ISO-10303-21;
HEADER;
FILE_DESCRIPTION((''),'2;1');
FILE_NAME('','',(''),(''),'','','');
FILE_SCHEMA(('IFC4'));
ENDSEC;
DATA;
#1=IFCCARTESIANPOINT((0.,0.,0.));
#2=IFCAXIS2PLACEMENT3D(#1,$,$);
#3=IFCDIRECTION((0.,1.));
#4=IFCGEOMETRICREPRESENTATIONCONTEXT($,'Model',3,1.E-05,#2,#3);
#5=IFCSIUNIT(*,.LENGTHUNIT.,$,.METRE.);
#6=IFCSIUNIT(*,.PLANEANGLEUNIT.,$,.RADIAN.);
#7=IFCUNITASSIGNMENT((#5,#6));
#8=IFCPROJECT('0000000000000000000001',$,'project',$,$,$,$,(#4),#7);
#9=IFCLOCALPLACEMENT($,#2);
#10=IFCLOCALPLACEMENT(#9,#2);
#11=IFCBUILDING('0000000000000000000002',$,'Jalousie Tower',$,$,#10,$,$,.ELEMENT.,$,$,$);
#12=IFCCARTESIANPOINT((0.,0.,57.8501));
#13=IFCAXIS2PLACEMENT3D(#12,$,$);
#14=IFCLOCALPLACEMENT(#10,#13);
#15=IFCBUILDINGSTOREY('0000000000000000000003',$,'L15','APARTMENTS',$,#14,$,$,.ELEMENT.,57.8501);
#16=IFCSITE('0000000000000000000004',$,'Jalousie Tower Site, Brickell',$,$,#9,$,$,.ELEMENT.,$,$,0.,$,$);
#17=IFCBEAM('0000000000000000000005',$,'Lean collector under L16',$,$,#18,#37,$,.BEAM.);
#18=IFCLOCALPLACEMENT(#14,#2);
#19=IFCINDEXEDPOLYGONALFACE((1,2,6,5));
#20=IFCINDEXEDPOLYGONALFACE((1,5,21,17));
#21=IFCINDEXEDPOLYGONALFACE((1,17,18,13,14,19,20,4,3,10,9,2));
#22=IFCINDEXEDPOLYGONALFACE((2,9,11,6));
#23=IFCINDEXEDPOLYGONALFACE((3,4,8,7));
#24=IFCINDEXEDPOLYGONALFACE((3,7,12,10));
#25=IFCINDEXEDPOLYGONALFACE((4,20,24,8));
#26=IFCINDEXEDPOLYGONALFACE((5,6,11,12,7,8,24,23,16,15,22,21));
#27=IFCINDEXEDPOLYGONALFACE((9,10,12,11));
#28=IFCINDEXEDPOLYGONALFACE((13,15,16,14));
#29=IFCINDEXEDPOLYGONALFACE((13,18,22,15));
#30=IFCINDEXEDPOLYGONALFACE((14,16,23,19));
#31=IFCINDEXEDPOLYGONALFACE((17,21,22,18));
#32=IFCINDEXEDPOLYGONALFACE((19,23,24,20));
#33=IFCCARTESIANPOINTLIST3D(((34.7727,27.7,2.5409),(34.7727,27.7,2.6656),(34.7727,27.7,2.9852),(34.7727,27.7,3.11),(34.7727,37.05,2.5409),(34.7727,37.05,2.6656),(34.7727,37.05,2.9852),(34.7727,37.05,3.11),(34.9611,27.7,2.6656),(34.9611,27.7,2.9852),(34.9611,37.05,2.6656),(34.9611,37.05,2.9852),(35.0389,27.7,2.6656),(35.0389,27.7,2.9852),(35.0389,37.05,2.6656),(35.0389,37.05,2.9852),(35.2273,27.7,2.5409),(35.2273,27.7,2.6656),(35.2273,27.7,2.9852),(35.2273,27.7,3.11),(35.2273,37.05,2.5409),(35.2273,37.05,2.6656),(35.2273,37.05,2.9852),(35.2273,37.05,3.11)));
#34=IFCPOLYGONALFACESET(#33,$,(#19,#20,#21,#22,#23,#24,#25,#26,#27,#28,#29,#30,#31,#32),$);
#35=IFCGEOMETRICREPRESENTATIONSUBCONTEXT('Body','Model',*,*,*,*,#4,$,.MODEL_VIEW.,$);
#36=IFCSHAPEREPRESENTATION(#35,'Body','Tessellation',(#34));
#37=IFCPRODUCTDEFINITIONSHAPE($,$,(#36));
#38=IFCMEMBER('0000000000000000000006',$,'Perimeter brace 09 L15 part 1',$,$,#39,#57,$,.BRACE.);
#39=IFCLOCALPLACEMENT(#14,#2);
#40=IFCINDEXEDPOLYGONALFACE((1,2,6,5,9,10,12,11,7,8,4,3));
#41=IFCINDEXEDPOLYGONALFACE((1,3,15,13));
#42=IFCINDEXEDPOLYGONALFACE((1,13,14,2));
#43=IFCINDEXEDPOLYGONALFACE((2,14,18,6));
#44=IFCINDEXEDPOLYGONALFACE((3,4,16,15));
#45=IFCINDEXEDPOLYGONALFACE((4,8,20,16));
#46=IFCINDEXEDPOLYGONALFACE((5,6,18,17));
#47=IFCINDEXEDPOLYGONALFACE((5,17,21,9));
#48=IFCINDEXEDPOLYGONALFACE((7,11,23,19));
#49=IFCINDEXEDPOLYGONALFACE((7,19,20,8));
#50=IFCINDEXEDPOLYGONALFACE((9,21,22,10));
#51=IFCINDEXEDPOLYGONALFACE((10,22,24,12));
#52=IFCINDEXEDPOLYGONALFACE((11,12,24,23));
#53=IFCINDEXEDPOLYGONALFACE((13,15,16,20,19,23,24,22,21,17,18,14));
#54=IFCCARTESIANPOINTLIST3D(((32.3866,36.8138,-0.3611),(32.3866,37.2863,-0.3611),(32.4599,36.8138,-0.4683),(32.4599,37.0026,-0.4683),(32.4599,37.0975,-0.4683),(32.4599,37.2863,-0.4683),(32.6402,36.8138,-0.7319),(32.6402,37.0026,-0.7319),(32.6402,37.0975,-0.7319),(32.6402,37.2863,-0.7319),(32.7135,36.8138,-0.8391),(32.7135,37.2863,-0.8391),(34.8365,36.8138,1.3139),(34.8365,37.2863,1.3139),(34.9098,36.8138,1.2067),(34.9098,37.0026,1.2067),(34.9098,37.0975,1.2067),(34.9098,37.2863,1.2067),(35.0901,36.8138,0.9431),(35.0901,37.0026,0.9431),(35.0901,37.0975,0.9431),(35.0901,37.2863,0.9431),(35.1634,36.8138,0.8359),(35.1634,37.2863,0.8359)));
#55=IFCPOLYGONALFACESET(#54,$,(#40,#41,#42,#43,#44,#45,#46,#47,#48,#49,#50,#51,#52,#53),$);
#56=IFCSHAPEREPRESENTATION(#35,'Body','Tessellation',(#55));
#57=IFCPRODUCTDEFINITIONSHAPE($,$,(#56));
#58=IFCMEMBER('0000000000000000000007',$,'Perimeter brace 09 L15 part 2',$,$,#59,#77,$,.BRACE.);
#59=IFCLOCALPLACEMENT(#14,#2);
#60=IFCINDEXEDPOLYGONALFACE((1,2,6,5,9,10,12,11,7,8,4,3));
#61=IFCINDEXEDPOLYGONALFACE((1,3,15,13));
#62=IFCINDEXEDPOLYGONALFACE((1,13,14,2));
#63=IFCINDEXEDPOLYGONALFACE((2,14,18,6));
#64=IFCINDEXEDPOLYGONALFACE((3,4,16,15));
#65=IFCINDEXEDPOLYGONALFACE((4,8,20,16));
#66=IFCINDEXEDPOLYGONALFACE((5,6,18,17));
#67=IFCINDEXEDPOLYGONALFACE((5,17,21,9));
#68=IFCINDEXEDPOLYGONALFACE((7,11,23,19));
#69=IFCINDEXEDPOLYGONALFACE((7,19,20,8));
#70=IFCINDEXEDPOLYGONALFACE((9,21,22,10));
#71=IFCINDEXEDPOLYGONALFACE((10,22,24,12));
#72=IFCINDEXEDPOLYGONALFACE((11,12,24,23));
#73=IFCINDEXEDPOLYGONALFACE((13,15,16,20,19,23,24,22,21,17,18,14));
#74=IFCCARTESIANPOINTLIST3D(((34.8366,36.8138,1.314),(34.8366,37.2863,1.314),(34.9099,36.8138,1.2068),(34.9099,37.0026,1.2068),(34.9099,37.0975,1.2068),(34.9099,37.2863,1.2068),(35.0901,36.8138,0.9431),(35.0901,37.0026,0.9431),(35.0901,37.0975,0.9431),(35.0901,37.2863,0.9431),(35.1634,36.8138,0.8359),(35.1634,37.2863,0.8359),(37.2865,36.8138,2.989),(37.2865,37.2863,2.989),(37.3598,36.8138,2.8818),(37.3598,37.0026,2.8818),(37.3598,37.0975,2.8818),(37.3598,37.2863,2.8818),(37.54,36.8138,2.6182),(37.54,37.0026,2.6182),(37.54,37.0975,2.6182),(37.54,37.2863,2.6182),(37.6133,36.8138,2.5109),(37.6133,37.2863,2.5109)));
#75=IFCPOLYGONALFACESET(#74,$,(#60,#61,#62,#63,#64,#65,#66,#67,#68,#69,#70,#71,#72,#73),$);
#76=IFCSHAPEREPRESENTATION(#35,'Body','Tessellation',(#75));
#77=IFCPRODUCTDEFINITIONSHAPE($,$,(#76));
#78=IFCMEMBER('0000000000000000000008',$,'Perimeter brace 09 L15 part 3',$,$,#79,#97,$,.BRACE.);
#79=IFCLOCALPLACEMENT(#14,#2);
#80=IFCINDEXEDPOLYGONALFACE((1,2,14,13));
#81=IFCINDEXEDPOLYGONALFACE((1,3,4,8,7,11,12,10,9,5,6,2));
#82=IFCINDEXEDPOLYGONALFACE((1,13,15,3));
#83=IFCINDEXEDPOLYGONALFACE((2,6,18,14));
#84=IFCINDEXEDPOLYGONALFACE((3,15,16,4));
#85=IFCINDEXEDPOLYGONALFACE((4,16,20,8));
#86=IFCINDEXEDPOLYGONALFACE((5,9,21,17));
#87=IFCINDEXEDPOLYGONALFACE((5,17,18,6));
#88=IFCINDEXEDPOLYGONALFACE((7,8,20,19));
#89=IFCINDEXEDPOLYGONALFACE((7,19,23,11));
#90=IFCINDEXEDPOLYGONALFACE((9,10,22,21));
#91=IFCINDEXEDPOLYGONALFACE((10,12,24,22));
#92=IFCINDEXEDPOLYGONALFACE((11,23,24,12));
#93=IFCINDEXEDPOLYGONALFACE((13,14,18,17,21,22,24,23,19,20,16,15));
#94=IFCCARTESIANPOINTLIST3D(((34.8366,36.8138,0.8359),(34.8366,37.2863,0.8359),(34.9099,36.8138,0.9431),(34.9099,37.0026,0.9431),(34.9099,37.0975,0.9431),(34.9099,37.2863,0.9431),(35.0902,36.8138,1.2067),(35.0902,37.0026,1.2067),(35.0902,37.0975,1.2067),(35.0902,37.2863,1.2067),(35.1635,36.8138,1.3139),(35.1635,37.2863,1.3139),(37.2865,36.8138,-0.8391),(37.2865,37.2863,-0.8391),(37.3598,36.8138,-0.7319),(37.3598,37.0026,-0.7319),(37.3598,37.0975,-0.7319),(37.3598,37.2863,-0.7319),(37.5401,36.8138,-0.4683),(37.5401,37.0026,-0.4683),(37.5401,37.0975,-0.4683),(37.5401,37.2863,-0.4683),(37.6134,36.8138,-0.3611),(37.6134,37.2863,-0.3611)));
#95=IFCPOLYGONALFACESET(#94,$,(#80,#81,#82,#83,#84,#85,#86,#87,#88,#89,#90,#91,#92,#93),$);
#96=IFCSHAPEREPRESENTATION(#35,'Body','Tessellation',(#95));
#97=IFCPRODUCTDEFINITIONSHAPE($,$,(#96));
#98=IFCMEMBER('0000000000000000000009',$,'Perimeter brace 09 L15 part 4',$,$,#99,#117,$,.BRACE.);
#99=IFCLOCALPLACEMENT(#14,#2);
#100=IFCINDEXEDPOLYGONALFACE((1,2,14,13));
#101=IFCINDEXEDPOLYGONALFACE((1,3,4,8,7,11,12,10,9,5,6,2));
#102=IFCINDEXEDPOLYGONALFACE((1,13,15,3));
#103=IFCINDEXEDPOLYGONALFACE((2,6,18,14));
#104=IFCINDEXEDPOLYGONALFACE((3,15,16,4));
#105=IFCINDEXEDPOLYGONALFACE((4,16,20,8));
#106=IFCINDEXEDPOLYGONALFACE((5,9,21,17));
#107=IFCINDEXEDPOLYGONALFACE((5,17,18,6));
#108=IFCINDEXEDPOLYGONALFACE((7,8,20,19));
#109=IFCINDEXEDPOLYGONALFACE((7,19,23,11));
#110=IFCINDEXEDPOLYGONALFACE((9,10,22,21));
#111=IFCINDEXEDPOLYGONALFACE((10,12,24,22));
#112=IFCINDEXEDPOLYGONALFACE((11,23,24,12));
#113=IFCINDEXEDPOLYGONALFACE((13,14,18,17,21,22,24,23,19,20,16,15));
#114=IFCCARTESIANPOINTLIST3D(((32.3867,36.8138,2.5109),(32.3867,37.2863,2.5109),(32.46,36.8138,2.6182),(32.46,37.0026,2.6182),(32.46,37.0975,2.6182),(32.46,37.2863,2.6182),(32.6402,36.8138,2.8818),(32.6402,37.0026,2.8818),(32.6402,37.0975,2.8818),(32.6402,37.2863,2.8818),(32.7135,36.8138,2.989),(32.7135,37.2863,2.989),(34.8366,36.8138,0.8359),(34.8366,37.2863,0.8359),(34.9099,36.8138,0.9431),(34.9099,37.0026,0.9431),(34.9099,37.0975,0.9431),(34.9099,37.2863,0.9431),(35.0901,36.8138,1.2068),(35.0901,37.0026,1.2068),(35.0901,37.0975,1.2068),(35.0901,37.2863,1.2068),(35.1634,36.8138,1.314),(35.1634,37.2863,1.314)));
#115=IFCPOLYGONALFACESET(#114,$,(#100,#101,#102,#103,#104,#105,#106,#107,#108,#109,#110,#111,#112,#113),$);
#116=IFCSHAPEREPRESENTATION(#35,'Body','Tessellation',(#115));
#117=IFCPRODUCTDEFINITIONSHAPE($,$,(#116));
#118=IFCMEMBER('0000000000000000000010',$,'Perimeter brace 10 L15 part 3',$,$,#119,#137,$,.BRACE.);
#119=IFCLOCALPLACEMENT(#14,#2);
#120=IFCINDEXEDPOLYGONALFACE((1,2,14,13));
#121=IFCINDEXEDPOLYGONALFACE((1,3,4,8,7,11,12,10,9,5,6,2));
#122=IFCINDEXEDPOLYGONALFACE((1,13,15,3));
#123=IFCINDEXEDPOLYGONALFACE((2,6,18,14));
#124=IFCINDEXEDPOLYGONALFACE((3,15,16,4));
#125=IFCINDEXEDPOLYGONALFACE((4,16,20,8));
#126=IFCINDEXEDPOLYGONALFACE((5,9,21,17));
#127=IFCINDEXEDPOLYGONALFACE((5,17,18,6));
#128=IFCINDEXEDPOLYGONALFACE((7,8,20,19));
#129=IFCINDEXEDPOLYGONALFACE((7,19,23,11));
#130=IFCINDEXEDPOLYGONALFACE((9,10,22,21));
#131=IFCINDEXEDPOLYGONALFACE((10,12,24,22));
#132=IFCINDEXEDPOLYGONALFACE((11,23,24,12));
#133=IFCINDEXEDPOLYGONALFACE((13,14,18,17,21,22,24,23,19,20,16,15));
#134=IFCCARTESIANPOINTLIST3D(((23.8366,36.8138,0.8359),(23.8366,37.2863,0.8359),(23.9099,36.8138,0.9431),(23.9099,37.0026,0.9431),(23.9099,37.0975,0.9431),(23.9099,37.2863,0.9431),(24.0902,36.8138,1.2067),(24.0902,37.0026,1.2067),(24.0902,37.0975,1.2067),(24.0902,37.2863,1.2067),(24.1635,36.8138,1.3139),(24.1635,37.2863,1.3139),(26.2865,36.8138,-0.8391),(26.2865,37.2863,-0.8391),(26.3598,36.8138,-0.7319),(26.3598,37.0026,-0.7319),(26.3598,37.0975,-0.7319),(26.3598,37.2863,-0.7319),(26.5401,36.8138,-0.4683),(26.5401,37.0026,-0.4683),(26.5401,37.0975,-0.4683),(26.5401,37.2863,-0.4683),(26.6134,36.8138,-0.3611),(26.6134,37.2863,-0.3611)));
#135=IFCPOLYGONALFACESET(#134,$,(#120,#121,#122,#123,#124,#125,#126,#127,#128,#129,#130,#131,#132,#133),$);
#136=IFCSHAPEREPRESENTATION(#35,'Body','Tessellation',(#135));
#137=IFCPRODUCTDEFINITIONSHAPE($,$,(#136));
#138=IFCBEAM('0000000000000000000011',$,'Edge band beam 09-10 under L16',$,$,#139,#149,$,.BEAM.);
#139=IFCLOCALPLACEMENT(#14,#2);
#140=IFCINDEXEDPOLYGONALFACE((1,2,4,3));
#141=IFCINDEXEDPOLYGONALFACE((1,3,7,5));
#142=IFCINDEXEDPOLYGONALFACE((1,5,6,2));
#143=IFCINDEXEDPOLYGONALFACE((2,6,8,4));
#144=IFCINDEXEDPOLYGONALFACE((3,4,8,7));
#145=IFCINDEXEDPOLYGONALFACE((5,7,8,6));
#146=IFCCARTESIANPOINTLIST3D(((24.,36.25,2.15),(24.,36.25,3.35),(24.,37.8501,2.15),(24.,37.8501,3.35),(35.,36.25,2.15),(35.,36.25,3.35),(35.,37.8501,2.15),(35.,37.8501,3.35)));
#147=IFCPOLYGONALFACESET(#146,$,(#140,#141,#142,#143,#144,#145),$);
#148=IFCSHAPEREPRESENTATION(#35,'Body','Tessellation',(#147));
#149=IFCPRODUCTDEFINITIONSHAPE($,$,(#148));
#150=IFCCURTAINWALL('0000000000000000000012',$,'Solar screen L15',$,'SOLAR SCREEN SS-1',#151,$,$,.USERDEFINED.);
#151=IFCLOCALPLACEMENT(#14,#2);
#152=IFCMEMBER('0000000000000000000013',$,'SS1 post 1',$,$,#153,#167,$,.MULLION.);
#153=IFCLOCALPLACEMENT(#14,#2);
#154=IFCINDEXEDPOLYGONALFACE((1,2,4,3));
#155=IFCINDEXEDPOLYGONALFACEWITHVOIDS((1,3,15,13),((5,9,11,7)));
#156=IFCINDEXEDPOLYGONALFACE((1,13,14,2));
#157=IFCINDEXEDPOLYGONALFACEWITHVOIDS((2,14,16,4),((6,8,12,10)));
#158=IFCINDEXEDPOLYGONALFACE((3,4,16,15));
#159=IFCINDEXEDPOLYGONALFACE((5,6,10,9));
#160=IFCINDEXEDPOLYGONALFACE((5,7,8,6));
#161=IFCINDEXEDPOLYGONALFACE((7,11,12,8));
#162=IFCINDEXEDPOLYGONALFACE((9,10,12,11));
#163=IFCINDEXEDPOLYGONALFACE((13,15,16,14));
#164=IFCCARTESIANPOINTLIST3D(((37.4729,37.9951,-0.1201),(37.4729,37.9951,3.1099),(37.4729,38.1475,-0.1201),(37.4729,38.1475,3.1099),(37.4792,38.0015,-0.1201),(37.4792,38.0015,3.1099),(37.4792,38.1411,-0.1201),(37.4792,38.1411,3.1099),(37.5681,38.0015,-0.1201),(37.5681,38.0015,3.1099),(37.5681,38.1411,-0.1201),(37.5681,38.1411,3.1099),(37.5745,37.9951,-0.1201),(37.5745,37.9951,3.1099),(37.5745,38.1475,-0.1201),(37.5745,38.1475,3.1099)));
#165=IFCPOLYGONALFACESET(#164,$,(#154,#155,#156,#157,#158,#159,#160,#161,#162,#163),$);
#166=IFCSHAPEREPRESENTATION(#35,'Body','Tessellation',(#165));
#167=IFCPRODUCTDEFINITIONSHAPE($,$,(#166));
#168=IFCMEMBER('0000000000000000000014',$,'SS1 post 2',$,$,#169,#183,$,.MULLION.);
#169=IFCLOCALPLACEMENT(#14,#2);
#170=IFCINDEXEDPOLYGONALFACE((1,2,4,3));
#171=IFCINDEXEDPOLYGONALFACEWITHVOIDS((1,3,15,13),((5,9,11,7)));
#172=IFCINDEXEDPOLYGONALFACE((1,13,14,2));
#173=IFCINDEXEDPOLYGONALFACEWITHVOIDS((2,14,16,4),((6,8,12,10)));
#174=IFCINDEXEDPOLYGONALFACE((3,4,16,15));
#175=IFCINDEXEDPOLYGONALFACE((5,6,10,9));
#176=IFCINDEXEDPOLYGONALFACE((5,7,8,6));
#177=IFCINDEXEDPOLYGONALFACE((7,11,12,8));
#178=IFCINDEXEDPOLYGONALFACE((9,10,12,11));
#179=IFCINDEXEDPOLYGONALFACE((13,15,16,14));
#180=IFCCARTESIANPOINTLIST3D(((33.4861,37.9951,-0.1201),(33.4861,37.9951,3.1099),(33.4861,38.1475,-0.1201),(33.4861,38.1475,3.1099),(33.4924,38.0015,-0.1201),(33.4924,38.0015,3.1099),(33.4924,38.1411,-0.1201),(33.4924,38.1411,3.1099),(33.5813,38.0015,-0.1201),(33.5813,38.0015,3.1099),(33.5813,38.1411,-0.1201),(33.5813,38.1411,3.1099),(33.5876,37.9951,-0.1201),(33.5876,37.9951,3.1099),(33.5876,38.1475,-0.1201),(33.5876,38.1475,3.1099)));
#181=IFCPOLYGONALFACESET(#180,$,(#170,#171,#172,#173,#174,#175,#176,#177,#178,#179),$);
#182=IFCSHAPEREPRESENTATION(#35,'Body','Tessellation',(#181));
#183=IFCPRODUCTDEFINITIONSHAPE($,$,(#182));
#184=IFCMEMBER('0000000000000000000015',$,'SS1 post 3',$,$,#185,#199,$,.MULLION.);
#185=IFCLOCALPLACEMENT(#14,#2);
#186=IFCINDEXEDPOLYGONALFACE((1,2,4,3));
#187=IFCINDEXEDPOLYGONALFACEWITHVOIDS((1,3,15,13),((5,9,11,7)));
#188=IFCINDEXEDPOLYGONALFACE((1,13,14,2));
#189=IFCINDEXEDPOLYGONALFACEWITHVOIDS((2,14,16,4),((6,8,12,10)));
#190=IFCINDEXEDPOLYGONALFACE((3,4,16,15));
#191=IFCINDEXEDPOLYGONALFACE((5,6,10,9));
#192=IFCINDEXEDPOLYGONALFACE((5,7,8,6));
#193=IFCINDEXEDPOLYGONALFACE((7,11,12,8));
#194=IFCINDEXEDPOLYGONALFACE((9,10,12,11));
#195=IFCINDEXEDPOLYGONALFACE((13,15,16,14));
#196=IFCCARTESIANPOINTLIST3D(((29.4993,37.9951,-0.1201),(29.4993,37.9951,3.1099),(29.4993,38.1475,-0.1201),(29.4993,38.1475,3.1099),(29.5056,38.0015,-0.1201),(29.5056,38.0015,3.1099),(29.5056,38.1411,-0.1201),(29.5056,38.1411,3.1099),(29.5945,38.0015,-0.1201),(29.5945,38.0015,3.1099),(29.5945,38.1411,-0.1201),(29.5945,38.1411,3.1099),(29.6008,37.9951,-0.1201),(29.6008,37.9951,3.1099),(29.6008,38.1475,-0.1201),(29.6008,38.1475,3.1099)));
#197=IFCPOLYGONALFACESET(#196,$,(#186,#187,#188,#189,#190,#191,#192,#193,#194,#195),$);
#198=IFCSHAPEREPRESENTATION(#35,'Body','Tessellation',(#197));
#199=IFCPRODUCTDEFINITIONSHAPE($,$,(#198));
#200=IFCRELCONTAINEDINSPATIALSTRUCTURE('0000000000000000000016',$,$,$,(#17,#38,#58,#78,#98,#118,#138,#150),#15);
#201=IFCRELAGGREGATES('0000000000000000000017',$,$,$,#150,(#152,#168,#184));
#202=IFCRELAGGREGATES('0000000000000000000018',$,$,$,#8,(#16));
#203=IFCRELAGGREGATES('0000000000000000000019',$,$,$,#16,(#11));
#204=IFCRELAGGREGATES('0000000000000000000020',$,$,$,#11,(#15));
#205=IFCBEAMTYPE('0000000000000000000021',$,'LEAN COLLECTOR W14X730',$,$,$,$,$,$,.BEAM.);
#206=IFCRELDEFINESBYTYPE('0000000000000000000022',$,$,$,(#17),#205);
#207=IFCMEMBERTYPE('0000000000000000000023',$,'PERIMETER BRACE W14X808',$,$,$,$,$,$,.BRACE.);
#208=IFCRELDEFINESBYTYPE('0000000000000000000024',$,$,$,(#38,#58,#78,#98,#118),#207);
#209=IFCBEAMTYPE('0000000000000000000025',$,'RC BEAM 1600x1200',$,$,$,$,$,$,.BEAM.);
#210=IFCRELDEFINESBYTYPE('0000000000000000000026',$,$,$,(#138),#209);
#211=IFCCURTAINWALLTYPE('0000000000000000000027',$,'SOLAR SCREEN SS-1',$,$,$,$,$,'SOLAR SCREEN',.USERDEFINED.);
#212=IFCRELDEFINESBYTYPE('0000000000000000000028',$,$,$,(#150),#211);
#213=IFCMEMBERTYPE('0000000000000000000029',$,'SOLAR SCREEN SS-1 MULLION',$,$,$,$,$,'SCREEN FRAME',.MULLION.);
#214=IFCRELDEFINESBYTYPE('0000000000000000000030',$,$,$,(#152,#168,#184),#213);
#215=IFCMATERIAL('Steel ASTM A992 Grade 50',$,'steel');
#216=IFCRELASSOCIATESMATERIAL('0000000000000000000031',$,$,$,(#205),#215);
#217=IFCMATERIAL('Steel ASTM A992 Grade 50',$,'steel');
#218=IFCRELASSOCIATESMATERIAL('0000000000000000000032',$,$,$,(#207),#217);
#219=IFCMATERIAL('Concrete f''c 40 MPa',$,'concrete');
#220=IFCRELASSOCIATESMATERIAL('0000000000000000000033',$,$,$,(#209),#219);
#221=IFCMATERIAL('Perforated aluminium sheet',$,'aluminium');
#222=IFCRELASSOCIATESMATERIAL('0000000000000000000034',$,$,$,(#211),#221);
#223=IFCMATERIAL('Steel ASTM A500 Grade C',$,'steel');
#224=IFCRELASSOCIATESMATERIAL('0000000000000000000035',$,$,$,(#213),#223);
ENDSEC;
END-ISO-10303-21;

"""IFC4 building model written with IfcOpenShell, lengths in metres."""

from ifc_helpers import new_model, si_unit, direction, frame, origin, origin_2d, place, context, subcontext, project, spatial, rectangle, hollow_rectangle, i_section, extrude, material, material_profile, profile_set, type_object, element, aggregate, save


model = new_model("IFC4")

# Units and contexts
model_context = context("Model", 3, precision=1e-05, world=origin(), true_north=direction((0.0, 1.0)))
body_context = subcontext(model_context, "Body", "Model", "MODEL_VIEW")
ifc_project = project(units=[si_unit("LENGTHUNIT", "METRE"), si_unit("PLANEANGLEUNIT", "RADIAN")], contexts=[model_context])

# Site, building, storey
site_placement = place(None, origin())
site = spatial("IfcSite", under=ifc_project, at=site_placement, Name="Jalousie Tower Site, Brickell", CompositionType="ELEMENT", RefElevation=0.0)
building_placement = place(site_placement, origin())
building = spatial("IfcBuilding", under=site, at=building_placement, Name="Jalousie Tower", CompositionType="ELEMENT")
storey_placement = place(building_placement, frame((0.0, 0.0, 57.8501)))
storey = spatial("IfcBuildingStorey", under=building, at=storey_placement, Name="L15", Description="APARTMENTS", CompositionType="ELEMENT", Elevation=57.8501)

# Beam
ifc_material_1 = material(Name="Steel ASTM A992 Grade 50", Category="steel")
ifc_material_profile_1 = material_profile(ifc_material_1, i_section(OverallWidth=0.4546, OverallDepth=0.5691, WebThickness=0.0779, FlangeThickness=0.1248, at=origin_2d()), Name="W14X730")
ifc_profile_set_1 = profile_set([ifc_material_profile_1], Name="Steel ASTM A992 Grade 50")
beam_type_1 = type_object("IfcBeamType", Name="LEAN COLLECTOR W14X730", PredefinedType="BEAM", material=ifc_profile_set_1)
beam_1_placement = place(storey_placement, frame((35.0, 37.05, 2.8254), z_axis=(0.0, -1.0, 0.0), x_axis=(1.0, 0.0, 0.0)))
element("IfcBeam", 1, at=beam_1_placement, inside=storey, type_object=beam_type_1, Name="Lean collector under L16", PredefinedType="BEAM", context=body_context, shape_type="SweptSolid", body=[
    extrude(i_section(OverallWidth=0.4546, OverallDepth=0.5691, WebThickness=0.0779, FlangeThickness=0.1248, at=origin_2d()), origin(), (0.0, 0.0, 1.0), 9.3501),
])

# Members
ifc_material_2 = material(Name="Steel ASTM A992 Grade 50", Category="steel")
ifc_material_profile_2 = material_profile(ifc_material_2, i_section(OverallWidth=0.4724, OverallDepth=0.5791, WebThickness=0.095, FlangeThickness=0.1299, at=origin_2d()), Name="W14X808")
ifc_profile_set_2 = profile_set([ifc_material_profile_2], Name="Steel ASTM A992 Grade 50")
member_type_1 = type_object("IfcMemberType", Name="PERIMETER BRACE W14X808", PredefinedType="BRACE", material=ifc_profile_set_2)
for number, where, z_axis, x_axis, name in (
    (2, (32.55, 37.05, -0.6001), (0.825501, 0.0, 0.564401), (0.0, 1.0, 0.0), "Perimeter brace 09 L15 part 1"),
    (3, (35.0, 37.05, 1.075), (0.825501, 0.0, 0.564401), (0.0, 1.0, 0.0), "Perimeter brace 09 L15 part 2"),
    (4, (37.45, 37.05, -0.6001), (-0.825501, 0.0, 0.564401), (0.0, -1.0, 0.0), "Perimeter brace 09 L15 part 3"),
    (5, (35.0, 37.05, 1.075), (-0.825501, 0.0, 0.564401), (0.0, -1.0, 0.0), "Perimeter brace 09 L15 part 4"),
    (6, (26.45, 37.05, -0.6001), (-0.825501, 0.0, 0.564401), (0.0, -1.0, 0.0), "Perimeter brace 10 L15 part 3"),
):
    element("IfcMember", number, at=place(storey_placement, frame(where, z_axis=z_axis, x_axis=x_axis)), inside=storey, type_object=member_type_1, Name=name, PredefinedType="BRACE", context=body_context, shape_type="SweptSolid", body=[
        extrude(i_section(OverallWidth=0.4724, OverallDepth=0.5791, WebThickness=0.095, FlangeThickness=0.1299, at=origin_2d()), origin(), (0.0, 0.0, 1.0), 2.9678),
    ])

# Beam
ifc_material_3 = material(Name="Concrete f'c 40 MPa", Category="concrete")
ifc_material_profile_3 = material_profile(ifc_material_3, rectangle(XDim=1.6001, YDim=1.2, at=origin_2d()), Name="RC 1600x1200")
ifc_profile_set_3 = profile_set([ifc_material_profile_3], Name="Concrete f'c 40 MPa")
beam_type_2 = type_object("IfcBeamType", Name="RC BEAM 1600x1200", PredefinedType="BEAM", material=ifc_profile_set_3)
beam_2_placement = place(storey_placement, frame((35.0, 37.05, 2.75), z_axis=(-1.0, 0.0, 0.0), x_axis=(0.0, -1.0, 0.0)))
element("IfcBeam", 7, at=beam_2_placement, inside=storey, type_object=beam_type_2, Name="Edge band beam 09-10 under L16", PredefinedType="BEAM", context=body_context, shape_type="SweptSolid", body=[
    extrude(rectangle(XDim=1.6001, YDim=1.2, at=origin_2d()), origin(), (0.0, 0.0, 1.0), 11.0),
])

# Curtain wall, members
ifc_material_4 = material(Name="Perforated aluminium sheet", Category="aluminium")
curtain_wall_type = type_object("IfcCurtainWallType", Name="SOLAR SCREEN SS-1", ElementType="SOLAR SCREEN", PredefinedType="USERDEFINED", material=ifc_material_4)
curtain_wall_1_placement = place(storey_placement, origin())
curtain_wall_1 = element("IfcCurtainWall", 8, at=curtain_wall_1_placement, inside=storey, type_object=curtain_wall_type, Name="Solar screen L15", ObjectType="SOLAR SCREEN SS-1", PredefinedType="USERDEFINED")
ifc_material_5 = material(Name="Steel ASTM A500 Grade C", Category="steel")
ifc_material_profile_4 = material_profile(ifc_material_5, hollow_rectangle(XDim=0.1016, YDim=0.1523, WallThickness=0.0063, at=origin_2d()), Name="HSS6X4X1/4")
ifc_profile_set_4 = profile_set([ifc_material_profile_4], Name="Steel ASTM A500 Grade C")
member_type_2 = type_object("IfcMemberType", Name="SOLAR SCREEN SS-1 MULLION", ElementType="SCREEN FRAME", PredefinedType="MULLION", material=ifc_profile_set_4)
member_1_placement = place(storey_placement, frame((37.5237, 38.0713, -0.1201), z_axis=(0.0, 0.0, 1.0), x_axis=(-1.0, 0.0, 0.0)))
member_1 = element("IfcMember", 9, at=member_1_placement, type_object=member_type_2, Name="SS1 post 1", PredefinedType="MULLION", context=body_context, shape_type="SweptSolid", body=[
    extrude(hollow_rectangle(XDim=0.1016, YDim=0.1523, WallThickness=0.0063, at=origin_2d()), origin(), (0.0, 0.0, 1.0), 3.23),
])
member_2_placement = place(storey_placement, frame((33.5369, 38.0713, -0.1201), z_axis=(0.0, 0.0, 1.0), x_axis=(-1.0, 0.0, 0.0)))
member_2 = element("IfcMember", 10, at=member_2_placement, type_object=member_type_2, Name="SS1 post 2", PredefinedType="MULLION", context=body_context, shape_type="SweptSolid", body=[
    extrude(hollow_rectangle(XDim=0.1016, YDim=0.1523, WallThickness=0.0063, at=origin_2d()), origin(), (0.0, 0.0, 1.0), 3.23),
])
member_3_placement = place(storey_placement, frame((29.55, 38.0713, -0.1201), z_axis=(0.0, 0.0, 1.0), x_axis=(-1.0, 0.0, 0.0)))
member_3 = element("IfcMember", 11, at=member_3_placement, type_object=member_type_2, Name="SS1 post 3", PredefinedType="MULLION", context=body_context, shape_type="SweptSolid", body=[
    extrude(hollow_rectangle(XDim=0.1016, YDim=0.1523, WallThickness=0.0063, at=origin_2d()), origin(), (0.0, 0.0, 1.0), 3.23),
])

aggregate(curtain_wall_1, [member_1, member_2, member_3])

save(model, "model.ifc")
